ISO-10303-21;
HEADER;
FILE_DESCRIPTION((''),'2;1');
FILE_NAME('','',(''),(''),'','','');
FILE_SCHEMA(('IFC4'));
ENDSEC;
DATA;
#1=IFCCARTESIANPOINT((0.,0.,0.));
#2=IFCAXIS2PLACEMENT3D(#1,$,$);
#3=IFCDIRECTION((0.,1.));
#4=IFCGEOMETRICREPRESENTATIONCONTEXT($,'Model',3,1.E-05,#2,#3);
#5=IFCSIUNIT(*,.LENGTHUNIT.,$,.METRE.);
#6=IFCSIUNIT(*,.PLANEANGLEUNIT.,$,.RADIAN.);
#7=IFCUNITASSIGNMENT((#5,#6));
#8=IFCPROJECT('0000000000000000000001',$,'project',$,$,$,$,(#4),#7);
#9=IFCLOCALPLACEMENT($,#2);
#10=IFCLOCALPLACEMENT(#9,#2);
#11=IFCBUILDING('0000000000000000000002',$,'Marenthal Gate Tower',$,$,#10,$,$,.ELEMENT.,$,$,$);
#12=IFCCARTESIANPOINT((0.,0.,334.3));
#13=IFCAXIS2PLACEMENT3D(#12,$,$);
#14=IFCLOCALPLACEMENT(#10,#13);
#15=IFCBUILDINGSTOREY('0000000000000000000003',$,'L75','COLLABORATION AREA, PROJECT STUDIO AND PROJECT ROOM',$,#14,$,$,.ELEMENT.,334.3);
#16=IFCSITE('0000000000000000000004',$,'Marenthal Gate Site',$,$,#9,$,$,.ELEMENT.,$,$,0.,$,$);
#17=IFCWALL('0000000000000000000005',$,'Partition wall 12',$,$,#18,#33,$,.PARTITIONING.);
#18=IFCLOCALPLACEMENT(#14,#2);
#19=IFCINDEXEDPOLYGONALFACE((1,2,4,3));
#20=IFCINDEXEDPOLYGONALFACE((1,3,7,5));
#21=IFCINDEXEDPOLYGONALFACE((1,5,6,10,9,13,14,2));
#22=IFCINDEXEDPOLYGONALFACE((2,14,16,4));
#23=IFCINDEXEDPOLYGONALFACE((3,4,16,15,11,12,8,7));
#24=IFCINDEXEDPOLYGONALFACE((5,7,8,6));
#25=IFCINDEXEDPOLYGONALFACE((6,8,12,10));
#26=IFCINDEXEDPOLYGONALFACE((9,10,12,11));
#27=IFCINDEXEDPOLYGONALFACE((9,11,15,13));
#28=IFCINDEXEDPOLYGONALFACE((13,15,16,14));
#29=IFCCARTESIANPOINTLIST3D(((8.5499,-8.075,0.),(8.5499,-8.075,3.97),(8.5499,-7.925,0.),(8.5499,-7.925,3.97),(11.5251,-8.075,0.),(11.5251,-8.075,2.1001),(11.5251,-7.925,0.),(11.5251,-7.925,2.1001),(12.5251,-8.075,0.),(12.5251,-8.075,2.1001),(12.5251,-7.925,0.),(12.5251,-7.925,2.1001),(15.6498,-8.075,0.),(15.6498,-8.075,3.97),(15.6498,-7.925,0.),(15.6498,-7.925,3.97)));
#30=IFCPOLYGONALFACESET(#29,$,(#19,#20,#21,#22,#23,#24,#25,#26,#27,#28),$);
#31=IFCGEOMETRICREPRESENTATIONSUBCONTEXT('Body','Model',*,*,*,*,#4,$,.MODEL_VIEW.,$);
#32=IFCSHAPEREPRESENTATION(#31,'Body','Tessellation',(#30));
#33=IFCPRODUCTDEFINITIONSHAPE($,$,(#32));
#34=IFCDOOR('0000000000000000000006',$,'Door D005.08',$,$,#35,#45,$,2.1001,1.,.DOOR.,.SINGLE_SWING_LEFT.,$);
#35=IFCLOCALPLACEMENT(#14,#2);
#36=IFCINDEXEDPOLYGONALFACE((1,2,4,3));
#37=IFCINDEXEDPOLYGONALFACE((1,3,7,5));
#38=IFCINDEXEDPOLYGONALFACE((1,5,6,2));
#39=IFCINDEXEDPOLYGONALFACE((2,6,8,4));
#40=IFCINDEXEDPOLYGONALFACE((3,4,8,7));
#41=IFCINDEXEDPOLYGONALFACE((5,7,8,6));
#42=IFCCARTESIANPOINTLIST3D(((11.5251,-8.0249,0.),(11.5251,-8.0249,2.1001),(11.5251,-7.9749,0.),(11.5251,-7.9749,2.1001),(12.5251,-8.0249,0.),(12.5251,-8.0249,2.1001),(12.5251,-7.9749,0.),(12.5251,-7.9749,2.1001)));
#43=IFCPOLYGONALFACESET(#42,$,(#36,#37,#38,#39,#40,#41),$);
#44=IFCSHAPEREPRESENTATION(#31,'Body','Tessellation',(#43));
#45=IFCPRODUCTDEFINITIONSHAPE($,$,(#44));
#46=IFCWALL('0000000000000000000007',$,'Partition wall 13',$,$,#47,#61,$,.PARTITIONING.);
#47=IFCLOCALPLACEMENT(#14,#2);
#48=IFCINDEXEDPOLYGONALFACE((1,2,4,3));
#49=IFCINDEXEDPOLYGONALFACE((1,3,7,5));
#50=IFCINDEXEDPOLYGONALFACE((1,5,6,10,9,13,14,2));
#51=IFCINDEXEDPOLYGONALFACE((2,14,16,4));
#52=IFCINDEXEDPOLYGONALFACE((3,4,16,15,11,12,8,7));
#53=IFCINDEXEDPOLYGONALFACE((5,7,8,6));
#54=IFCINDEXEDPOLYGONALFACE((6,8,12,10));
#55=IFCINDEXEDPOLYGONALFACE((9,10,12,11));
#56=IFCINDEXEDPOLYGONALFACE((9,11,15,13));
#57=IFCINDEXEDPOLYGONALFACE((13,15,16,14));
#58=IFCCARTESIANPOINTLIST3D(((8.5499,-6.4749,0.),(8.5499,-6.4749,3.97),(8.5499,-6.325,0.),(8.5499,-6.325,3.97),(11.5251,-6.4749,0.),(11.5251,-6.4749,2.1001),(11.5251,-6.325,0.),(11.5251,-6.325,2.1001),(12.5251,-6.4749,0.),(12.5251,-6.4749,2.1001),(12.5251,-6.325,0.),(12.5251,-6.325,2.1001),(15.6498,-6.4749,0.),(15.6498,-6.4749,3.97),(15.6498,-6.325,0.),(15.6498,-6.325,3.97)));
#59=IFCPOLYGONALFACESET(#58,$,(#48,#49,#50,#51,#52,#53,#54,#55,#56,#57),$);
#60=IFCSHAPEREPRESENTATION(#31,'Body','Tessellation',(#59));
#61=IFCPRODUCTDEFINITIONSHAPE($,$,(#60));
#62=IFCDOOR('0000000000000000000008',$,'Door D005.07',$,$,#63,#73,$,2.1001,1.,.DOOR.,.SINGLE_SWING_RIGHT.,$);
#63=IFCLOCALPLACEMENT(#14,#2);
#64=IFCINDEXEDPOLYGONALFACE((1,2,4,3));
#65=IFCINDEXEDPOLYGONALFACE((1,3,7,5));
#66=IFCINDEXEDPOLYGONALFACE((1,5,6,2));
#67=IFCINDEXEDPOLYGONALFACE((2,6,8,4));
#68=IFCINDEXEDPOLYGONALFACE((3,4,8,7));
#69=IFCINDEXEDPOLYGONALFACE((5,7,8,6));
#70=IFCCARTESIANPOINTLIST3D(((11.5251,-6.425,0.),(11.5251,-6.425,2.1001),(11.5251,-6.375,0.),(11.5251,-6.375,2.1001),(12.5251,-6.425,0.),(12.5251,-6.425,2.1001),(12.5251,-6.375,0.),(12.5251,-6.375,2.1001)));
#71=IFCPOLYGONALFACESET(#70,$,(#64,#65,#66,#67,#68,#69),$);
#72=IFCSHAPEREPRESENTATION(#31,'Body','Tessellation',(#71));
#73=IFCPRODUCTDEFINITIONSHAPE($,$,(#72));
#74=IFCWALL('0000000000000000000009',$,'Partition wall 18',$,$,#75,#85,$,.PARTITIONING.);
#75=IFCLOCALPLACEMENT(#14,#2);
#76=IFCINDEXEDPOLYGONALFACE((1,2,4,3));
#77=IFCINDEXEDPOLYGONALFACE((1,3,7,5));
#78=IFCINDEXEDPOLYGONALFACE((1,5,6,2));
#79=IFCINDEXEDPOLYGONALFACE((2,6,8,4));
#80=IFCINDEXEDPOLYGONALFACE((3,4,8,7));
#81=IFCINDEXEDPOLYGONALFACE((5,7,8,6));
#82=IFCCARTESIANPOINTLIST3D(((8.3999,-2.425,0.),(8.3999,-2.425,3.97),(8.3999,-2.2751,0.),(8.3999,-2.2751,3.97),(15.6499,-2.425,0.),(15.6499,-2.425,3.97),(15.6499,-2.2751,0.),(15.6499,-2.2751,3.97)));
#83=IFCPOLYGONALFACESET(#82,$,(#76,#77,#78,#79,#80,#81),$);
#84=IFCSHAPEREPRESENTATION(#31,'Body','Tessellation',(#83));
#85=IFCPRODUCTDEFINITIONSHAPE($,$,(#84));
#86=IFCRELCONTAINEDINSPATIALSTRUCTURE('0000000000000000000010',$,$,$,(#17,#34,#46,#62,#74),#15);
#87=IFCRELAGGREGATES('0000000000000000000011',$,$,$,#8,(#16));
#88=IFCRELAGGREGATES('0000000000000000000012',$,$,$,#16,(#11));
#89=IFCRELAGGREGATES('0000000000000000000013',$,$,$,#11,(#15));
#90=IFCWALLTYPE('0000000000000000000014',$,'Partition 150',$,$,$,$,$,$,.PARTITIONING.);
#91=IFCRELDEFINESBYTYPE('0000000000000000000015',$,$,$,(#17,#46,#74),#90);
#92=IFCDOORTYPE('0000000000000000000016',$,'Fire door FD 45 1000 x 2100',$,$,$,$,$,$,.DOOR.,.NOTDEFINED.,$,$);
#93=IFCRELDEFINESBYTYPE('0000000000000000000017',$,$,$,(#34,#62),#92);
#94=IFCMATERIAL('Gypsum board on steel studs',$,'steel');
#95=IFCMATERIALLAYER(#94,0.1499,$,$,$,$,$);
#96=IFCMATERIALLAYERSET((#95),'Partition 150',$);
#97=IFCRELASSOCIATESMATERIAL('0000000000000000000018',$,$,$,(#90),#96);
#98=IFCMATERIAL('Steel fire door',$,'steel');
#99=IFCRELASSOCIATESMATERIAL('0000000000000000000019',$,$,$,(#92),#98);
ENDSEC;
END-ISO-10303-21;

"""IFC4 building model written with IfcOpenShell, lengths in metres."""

from ifc_helpers import new_model, si_unit, direction, frame, frame_2d, origin, place, context, subcontext, project, spatial, rectangle, extrude, material, layer, layer_set, type_object, element, fill, save


model = new_model("IFC4")

# Units and contexts
model_context = context("Model", 3, precision=1e-05, world=origin(), true_north=direction((0.0, 1.0)))
body_context = subcontext(model_context, "Body", "Model", "MODEL_VIEW")
ifc_project = project(units=[si_unit("LENGTHUNIT", "METRE"), si_unit("PLANEANGLEUNIT", "RADIAN")], contexts=[model_context])

# Site, building, storey
site_placement = place(None, origin())
site = spatial("IfcSite", under=ifc_project, at=site_placement, Name="Marenthal Gate Site", CompositionType="ELEMENT", RefElevation=0.0)
building_placement = place(site_placement, origin())
building = spatial("IfcBuilding", under=site, at=building_placement, Name="Marenthal Gate Tower", CompositionType="ELEMENT")
storey_placement = place(building_placement, frame((0.0, 0.0, 334.3)))
storey = spatial("IfcBuildingStorey", under=building, at=storey_placement, Name="L75", Description="COLLABORATION AREA, PROJECT STUDIO AND PROJECT ROOM", CompositionType="ELEMENT", Elevation=334.3)

# Walls, openings, doors
ifc_material_1 = material(Name="Gypsum board on steel studs", Category="steel")
ifc_layer_1 = layer(ifc_material_1, 0.1499)
ifc_layer_set_1 = layer_set([ifc_layer_1], Name="Partition 150")
wall_type_1 = type_object("IfcWallType", Name="Partition 150", PredefinedType="PARTITIONING", material=ifc_layer_set_1)
wall_1_placement = place(storey_placement, frame((8.55, -8.0, 0.0), z_axis=(0.0, 0.0, 1.0), x_axis=(1.0, 0.0, 0.0)))
wall_1 = element("IfcWall", 1, at=wall_1_placement, inside=storey, type_object=wall_type_1, Name="Partition wall 12", PredefinedType="PARTITIONING", context=body_context, shape_type="SweptSolid", body=[
    extrude(rectangle(XDim=7.0999, YDim=0.1499, at=frame_2d((3.5498, 0.0))), origin(), (0.0, 0.0, 1.0), 3.97),
])
opening_1_placement = place(wall_1_placement, frame((2.9751, 0.0, 0.0)))
opening_1 = element("IfcOpeningElement", 2, at=opening_1_placement, cuts=wall_1, PredefinedType="OPENING", context=body_context, shape_type="SweptSolid", body=[
    extrude(rectangle(XDim=1.0, YDim=2.1001, at=frame_2d((0.5, 1.05))), frame((0.0, 0.085, 0.0), z_axis=(0.0, -1.0, 0.0), x_axis=(1.0, 0.0, 0.0)), (0.0, 0.0, 1.0), 0.1699),
])
ifc_material_2 = material(Name="Steel fire door", Category="steel")
door_type = type_object("IfcDoorType", Name="Fire door FD 45 1000 x 2100", OperationType="NOTDEFINED", PredefinedType="DOOR", material=ifc_material_2)
door_1_placement = place(opening_1_placement, frame((1.0, 0.0, 0.0), z_axis=(0.0, 0.0, 1.0), x_axis=(-1.0, 0.0, 0.0)))
door_1 = element("IfcDoor", 3, at=door_1_placement, inside=storey, type_object=door_type, Name="Door D005.08", OperationType="SINGLE_SWING_LEFT", OverallHeight=2.1001, OverallWidth=1.0, PredefinedType="DOOR", context=body_context, shape_type="SweptSolid", body=[
    extrude(rectangle(XDim=1.0, YDim=2.1001, at=frame_2d((0.5, 1.05))), frame((0.0, 0.0249, 0.0), z_axis=(0.0, -1.0, 0.0), x_axis=(1.0, 0.0, 0.0)), (0.0, 0.0, 1.0), 0.05),
])
fill(opening_1, door_1)
wall_2_placement = place(storey_placement, frame((8.55, -6.3999, 0.0), z_axis=(0.0, 0.0, 1.0), x_axis=(1.0, 0.0, 0.0)))
wall_2 = element("IfcWall", 4, at=wall_2_placement, inside=storey, type_object=wall_type_1, Name="Partition wall 13", PredefinedType="PARTITIONING", context=body_context, shape_type="SweptSolid", body=[
    extrude(rectangle(XDim=7.0999, YDim=0.1499, at=frame_2d((3.5498, 0.0))), origin(), (0.0, 0.0, 1.0), 3.97),
])
opening_2_placement = place(wall_2_placement, frame((2.9751, 0.0, 0.0)))
opening_2 = element("IfcOpeningElement", 5, at=opening_2_placement, cuts=wall_2, PredefinedType="OPENING", context=body_context, shape_type="SweptSolid", body=[
    extrude(rectangle(XDim=1.0, YDim=2.1001, at=frame_2d((0.5, 1.05))), frame((0.0, 0.085, 0.0), z_axis=(0.0, -1.0, 0.0), x_axis=(1.0, 0.0, 0.0)), (0.0, 0.0, 1.0), 0.1699),
])
door_2_placement = place(opening_2_placement, origin())
door_2 = element("IfcDoor", 6, at=door_2_placement, inside=storey, type_object=door_type, Name="Door D005.07", OperationType="SINGLE_SWING_RIGHT", OverallHeight=2.1001, OverallWidth=1.0, PredefinedType="DOOR", context=body_context, shape_type="SweptSolid", body=[
    extrude(rectangle(XDim=1.0, YDim=2.1001, at=frame_2d((0.5, 1.05))), frame((0.0, 0.0249, 0.0), z_axis=(0.0, -1.0, 0.0), x_axis=(1.0, 0.0, 0.0)), (0.0, 0.0, 1.0), 0.05),
])
fill(opening_2, door_2)

# Wall
wall_3_placement = place(storey_placement, frame((8.3999, -2.3501, 0.0), z_axis=(0.0, 0.0, 1.0), x_axis=(1.0, 0.0, 0.0)))
element("IfcWall", 7, at=wall_3_placement, inside=storey, type_object=wall_type_1, Name="Partition wall 18", PredefinedType="PARTITIONING", context=body_context, shape_type="SweptSolid", body=[
    extrude(rectangle(XDim=7.25, YDim=0.1499, at=frame_2d((3.625, 0.0))), origin(), (0.0, 0.0, 1.0), 3.97),
])

save(model, "model.ifc")
